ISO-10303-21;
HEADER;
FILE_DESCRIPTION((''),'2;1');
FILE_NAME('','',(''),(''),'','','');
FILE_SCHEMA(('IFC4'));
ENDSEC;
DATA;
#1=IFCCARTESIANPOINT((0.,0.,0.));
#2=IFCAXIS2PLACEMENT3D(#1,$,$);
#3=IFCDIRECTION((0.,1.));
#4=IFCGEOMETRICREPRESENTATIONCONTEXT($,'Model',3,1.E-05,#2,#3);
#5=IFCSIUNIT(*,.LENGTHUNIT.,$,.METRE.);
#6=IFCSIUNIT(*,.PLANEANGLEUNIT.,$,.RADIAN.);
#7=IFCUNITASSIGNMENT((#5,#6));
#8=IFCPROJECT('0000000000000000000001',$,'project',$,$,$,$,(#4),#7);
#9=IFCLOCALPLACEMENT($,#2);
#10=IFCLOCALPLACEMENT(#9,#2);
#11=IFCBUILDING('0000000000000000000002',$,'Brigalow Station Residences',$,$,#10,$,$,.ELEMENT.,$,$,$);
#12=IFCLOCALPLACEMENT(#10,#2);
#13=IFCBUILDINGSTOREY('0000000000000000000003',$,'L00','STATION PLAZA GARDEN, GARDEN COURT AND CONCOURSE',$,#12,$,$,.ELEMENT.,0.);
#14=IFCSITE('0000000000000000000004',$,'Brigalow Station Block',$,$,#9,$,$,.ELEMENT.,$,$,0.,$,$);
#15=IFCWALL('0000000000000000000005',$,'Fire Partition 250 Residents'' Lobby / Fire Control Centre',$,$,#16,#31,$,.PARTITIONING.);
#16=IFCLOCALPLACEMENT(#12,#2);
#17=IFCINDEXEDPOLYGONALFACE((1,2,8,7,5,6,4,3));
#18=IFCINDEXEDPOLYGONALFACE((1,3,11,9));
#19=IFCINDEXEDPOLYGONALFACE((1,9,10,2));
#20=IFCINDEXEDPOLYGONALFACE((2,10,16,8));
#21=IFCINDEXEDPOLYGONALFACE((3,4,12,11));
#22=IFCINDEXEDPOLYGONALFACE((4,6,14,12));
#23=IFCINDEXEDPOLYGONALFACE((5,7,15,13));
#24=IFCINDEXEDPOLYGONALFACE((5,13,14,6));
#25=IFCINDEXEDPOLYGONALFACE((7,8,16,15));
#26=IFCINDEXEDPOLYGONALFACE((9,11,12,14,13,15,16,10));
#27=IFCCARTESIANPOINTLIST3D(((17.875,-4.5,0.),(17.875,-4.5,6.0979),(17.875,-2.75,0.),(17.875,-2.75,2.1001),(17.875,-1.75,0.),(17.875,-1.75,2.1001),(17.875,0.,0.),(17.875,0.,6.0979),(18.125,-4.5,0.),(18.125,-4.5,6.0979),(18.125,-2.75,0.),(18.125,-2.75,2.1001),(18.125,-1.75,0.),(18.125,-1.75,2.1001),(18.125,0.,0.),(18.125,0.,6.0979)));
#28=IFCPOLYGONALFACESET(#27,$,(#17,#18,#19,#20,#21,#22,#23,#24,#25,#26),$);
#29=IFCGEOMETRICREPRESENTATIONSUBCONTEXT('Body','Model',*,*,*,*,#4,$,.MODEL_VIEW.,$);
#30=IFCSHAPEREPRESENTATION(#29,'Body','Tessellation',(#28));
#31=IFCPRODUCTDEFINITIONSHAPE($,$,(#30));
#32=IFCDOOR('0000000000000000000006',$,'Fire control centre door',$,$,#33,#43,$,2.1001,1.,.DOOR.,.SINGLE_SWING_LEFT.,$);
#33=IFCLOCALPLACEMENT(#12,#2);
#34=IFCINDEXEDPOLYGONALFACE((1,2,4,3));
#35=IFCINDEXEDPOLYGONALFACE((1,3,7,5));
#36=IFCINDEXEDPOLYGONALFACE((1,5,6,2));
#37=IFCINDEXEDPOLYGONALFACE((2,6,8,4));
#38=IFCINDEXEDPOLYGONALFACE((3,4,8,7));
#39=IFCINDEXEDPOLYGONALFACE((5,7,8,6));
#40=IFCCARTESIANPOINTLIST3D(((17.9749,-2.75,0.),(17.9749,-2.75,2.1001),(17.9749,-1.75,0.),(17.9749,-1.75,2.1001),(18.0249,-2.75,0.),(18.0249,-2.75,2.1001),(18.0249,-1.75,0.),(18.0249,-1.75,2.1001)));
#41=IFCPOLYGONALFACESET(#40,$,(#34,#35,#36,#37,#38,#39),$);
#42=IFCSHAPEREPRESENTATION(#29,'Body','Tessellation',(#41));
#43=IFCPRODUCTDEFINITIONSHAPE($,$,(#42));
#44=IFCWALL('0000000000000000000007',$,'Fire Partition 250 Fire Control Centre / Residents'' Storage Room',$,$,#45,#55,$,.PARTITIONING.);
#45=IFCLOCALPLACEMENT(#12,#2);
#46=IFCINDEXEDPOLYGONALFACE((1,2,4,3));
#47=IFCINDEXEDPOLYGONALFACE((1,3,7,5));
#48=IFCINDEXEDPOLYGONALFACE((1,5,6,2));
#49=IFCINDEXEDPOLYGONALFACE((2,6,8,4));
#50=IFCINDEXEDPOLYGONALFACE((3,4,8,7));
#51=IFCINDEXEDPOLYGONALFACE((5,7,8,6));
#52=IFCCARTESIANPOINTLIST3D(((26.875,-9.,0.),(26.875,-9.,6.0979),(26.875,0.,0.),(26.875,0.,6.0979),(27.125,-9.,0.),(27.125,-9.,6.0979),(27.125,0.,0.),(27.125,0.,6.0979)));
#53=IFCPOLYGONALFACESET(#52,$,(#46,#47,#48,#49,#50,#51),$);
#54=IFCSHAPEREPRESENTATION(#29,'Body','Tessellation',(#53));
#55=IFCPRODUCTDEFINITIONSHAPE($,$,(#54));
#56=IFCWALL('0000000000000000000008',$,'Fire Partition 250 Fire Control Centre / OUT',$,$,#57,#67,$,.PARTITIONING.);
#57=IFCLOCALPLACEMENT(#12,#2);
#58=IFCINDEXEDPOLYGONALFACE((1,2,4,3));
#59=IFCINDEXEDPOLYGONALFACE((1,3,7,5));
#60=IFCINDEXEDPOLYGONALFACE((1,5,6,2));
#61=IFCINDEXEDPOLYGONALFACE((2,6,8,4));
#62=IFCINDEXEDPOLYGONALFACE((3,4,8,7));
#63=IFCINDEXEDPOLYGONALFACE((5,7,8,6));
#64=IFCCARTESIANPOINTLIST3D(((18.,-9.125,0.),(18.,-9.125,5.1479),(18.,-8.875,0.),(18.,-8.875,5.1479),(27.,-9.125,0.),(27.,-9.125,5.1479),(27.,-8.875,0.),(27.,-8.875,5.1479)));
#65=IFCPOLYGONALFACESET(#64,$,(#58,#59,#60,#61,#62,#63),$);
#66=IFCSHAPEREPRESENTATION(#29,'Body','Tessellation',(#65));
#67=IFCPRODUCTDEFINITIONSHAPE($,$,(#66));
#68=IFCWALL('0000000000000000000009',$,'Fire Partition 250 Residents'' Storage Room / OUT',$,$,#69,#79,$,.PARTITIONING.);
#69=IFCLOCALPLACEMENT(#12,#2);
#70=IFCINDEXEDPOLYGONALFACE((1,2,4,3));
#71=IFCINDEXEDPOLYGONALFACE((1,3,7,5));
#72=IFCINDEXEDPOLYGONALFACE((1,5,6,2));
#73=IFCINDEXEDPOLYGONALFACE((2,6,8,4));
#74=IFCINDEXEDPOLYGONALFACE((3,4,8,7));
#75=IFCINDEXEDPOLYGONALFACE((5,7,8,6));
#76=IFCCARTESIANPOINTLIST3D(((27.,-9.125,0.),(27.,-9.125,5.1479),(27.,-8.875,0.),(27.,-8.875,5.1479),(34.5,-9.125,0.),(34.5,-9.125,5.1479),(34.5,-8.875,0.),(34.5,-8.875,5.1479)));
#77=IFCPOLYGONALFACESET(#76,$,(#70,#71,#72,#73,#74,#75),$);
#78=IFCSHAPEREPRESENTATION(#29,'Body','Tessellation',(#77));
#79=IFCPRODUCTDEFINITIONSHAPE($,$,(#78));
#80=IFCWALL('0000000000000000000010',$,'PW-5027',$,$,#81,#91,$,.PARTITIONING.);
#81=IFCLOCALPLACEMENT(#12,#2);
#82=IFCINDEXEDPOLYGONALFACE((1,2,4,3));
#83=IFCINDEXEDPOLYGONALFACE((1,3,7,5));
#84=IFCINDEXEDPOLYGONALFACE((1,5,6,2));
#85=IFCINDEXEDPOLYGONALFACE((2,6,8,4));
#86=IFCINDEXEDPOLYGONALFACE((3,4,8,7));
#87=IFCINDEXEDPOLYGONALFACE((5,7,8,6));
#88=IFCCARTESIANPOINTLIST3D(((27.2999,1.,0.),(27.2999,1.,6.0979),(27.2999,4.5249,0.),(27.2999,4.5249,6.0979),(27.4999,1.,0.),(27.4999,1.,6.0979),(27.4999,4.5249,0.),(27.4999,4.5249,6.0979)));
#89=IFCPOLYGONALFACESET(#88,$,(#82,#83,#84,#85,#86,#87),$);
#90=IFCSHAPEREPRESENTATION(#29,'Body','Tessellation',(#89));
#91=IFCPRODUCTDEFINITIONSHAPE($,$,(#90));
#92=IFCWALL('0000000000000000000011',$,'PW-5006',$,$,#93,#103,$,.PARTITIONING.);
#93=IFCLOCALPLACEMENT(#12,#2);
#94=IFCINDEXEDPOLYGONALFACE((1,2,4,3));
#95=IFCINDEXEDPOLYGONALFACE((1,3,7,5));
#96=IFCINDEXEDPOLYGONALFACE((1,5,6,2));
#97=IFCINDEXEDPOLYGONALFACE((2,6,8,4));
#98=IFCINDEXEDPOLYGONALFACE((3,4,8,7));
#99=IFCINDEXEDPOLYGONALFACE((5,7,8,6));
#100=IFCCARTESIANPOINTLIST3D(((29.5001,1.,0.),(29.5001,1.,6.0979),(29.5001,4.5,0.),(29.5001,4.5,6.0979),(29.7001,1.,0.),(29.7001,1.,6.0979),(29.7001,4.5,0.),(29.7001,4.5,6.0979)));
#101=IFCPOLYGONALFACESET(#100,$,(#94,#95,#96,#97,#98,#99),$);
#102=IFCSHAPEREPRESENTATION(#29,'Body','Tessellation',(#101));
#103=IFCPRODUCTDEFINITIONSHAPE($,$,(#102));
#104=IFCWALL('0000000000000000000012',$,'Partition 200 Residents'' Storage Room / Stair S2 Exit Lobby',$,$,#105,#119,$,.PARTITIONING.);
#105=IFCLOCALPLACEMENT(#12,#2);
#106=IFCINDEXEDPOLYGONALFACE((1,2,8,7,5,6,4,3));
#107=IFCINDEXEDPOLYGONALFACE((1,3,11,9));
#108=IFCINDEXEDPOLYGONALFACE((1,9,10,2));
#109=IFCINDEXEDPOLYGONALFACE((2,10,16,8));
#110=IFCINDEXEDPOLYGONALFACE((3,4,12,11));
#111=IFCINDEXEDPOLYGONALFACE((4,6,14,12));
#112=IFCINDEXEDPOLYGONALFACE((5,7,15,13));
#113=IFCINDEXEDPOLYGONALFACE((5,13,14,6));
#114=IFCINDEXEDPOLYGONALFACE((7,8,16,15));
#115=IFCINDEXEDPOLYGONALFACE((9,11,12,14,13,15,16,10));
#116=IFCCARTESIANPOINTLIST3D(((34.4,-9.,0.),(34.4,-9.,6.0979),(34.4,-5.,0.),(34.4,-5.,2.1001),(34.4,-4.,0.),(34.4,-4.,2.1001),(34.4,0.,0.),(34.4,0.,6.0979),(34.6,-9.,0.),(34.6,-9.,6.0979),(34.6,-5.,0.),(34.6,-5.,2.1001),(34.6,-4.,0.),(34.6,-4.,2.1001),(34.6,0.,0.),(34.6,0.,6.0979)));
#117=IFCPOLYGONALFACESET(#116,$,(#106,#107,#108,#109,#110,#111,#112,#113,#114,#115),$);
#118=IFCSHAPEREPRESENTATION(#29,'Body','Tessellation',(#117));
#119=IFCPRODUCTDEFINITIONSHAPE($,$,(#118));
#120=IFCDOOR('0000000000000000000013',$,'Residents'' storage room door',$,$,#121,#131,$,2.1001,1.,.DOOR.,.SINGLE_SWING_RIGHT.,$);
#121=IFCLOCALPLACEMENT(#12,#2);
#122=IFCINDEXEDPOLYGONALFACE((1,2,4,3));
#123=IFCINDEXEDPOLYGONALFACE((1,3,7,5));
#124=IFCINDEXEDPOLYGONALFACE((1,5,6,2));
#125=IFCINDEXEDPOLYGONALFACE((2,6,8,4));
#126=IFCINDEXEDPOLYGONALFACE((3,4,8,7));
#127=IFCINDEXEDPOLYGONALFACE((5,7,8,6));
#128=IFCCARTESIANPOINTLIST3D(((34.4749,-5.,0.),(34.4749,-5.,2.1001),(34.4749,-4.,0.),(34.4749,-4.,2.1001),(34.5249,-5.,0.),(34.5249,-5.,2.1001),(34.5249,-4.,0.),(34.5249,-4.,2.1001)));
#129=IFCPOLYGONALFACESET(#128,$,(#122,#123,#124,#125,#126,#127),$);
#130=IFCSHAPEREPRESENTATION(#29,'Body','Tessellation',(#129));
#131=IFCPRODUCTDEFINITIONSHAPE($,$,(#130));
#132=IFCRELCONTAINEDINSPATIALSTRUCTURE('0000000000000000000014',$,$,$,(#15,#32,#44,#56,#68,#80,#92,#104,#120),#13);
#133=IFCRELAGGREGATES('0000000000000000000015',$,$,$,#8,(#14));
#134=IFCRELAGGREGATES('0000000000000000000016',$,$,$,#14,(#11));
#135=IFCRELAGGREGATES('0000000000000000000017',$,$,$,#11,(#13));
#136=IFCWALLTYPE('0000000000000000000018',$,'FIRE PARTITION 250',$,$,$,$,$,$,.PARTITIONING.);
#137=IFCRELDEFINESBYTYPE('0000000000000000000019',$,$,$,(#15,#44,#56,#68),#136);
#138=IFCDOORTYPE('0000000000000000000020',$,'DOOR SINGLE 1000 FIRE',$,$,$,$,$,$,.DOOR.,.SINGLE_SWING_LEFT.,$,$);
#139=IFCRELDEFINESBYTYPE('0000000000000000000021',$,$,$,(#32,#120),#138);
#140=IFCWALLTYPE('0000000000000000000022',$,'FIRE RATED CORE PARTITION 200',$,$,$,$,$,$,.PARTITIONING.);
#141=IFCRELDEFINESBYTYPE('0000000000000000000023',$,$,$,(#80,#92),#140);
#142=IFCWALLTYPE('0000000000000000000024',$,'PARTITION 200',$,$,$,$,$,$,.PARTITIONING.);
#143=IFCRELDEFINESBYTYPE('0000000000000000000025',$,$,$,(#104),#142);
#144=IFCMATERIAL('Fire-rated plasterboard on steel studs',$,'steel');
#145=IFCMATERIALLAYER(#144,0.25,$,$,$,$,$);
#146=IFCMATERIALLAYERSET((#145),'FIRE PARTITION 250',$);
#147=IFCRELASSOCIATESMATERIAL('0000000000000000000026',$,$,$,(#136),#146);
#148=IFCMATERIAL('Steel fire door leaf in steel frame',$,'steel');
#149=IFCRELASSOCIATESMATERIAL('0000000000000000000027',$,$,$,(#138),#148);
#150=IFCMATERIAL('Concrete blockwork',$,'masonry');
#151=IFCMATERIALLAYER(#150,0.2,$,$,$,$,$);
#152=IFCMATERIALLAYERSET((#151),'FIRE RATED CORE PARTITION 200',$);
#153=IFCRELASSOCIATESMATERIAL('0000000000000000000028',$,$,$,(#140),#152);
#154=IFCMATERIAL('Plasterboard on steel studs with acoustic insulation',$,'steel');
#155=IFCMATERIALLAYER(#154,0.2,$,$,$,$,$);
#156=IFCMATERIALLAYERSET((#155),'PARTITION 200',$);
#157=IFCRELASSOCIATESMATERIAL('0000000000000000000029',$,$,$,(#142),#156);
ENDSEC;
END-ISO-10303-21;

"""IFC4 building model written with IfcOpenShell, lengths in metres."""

from ifc_helpers import new_model, si_unit, direction, frame, frame_2d, origin, place, context, subcontext, project, spatial, rectangle, extrude, material, layer, layer_set, type_object, element, fill, save


model = new_model("IFC4")

# Units and contexts
model_context = context("Model", 3, precision=1e-05, world=origin(), true_north=direction((0.0, 1.0)))
body_context = subcontext(model_context, "Body", "Model", "MODEL_VIEW")
ifc_project = project(units=[si_unit("LENGTHUNIT", "METRE"), si_unit("PLANEANGLEUNIT", "RADIAN")], contexts=[model_context])

# Site, building, storey
site_placement = place(None, origin())
site = spatial("IfcSite", under=ifc_project, at=site_placement, Name="Brigalow Station Block", CompositionType="ELEMENT", RefElevation=0.0)
building_placement = place(site_placement, origin())
building = spatial("IfcBuilding", under=site, at=building_placement, Name="Brigalow Station Residences", CompositionType="ELEMENT")
storey_placement = place(building_placement, origin())
storey = spatial("IfcBuildingStorey", under=building, at=storey_placement, Name="L00", Description="STATION PLAZA GARDEN, GARDEN COURT AND CONCOURSE", CompositionType="ELEMENT", Elevation=0.0)

# Shared definitions
ifc_material_1 = material(Name="Fire-rated plasterboard on steel studs", Category="steel")
ifc_layer_1 = layer(ifc_material_1, 0.25)
ifc_layer_set_1 = layer_set([ifc_layer_1], Name="FIRE PARTITION 250")
wall_type_1 = type_object("IfcWallType", Name="FIRE PARTITION 250", PredefinedType="PARTITIONING", material=ifc_layer_set_1)

# Wall, opening, door
wall_1_placement = place(storey_placement, frame((18.0, -4.5, 0.0), z_axis=(0.0, 0.0, 1.0), x_axis=(0.0, 1.0, 0.0)))
wall_1 = element("IfcWall", 1, at=wall_1_placement, inside=storey, type_object=wall_type_1, Name="Fire Partition 250 Residents' Lobby / Fire Control Centre", PredefinedType="PARTITIONING", context=body_context, shape_type="SweptSolid", body=[
    extrude(rectangle(XDim=4.5, YDim=0.25, at=frame_2d((2.25, 0.0))), origin(), (0.0, 0.0, 1.0), 6.0979),
])
opening_1_placement = place(wall_1_placement, frame((1.75, 0.0, 0.0)))
opening_1 = element("IfcOpeningElement", 2, at=opening_1_placement, cuts=wall_1, PredefinedType="OPENING", context=body_context, shape_type="SweptSolid", body=[
    extrude(rectangle(XDim=1.0, YDim=2.1001, at=frame_2d((0.5, 1.05))), frame((0.0, 0.135, 0.0), z_axis=(0.0, -1.0, 0.0), x_axis=(1.0, 0.0, 0.0)), (0.0, 0.0, 1.0), 0.27),
])
ifc_material_2 = material(Name="Steel fire door leaf in steel frame", Category="steel")
door_type_1 = type_object("IfcDoorType", Name="DOOR SINGLE 1000 FIRE", OperationType="SINGLE_SWING_LEFT", PredefinedType="DOOR", material=ifc_material_2)
door_1_placement = place(opening_1_placement, frame((1.0, 0.0, 0.0), z_axis=(0.0, 0.0, 1.0), x_axis=(-1.0, 0.0, 0.0)))
door_1 = element("IfcDoor", 3, at=door_1_placement, inside=storey, type_object=door_type_1, Name="Fire control centre door", OperationType="SINGLE_SWING_LEFT", OverallHeight=2.1001, OverallWidth=1.0, PredefinedType="DOOR", context=body_context, shape_type="SweptSolid", body=[
    extrude(rectangle(XDim=1.0, YDim=2.1001, at=frame_2d((0.5, 1.05))), frame((0.0, 0.0249, 0.0), z_axis=(0.0, -1.0, 0.0), x_axis=(1.0, 0.0, 0.0)), (0.0, 0.0, 1.0), 0.05),
])
fill(opening_1, door_1)

# Walls
wall_2_placement = place(storey_placement, frame((27.0, -9.0, 0.0), z_axis=(0.0, 0.0, 1.0), x_axis=(0.0, 1.0, 0.0)))
element("IfcWall", 4, at=wall_2_placement, inside=storey, type_object=wall_type_1, Name="Fire Partition 250 Fire Control Centre / Residents' Storage Room", PredefinedType="PARTITIONING", context=body_context, shape_type="SweptSolid", body=[
    extrude(rectangle(XDim=9.0, YDim=0.25, at=frame_2d((4.5, 0.0))), origin(), (0.0, 0.0, 1.0), 6.0979),
])
wall_3_placement = place(storey_placement, frame((18.0, -9.0, 0.0), z_axis=(0.0, 0.0, 1.0), x_axis=(1.0, 0.0, 0.0)))
element("IfcWall", 5, at=wall_3_placement, inside=storey, type_object=wall_type_1, Name="Fire Partition 250 Fire Control Centre / OUT", PredefinedType="PARTITIONING", context=body_context, shape_type="SweptSolid", body=[
    extrude(rectangle(XDim=9.0, YDim=0.25, at=frame_2d((4.5, 0.0))), origin(), (0.0, 0.0, 1.0), 5.1479),
])
wall_4_placement = place(storey_placement, frame((27.0, -9.0, 0.0), z_axis=(0.0, 0.0, 1.0), x_axis=(1.0, 0.0, 0.0)))
element("IfcWall", 6, at=wall_4_placement, inside=storey, type_object=wall_type_1, Name="Fire Partition 250 Residents' Storage Room / OUT", PredefinedType="PARTITIONING", context=body_context, shape_type="SweptSolid", body=[
    extrude(rectangle(XDim=7.5, YDim=0.25, at=frame_2d((3.75, 0.0))), origin(), (0.0, 0.0, 1.0), 5.1479),
])
ifc_material_3 = material(Name="Concrete blockwork", Category="masonry")
ifc_layer_2 = layer(ifc_material_3, 0.2)
ifc_layer_set_2 = layer_set([ifc_layer_2], Name="FIRE RATED CORE PARTITION 200")
wall_type_2 = type_object("IfcWallType", Name="FIRE RATED CORE PARTITION 200", PredefinedType="PARTITIONING", material=ifc_layer_set_2)
wall_5_placement = place(storey_placement, frame((27.3999, 1.0, 0.0), z_axis=(0.0, 0.0, 1.0), x_axis=(0.0, 1.0, 0.0)))
element("IfcWall", 7, at=wall_5_placement, inside=storey, type_object=wall_type_2, Name="PW-5027", PredefinedType="PARTITIONING", context=body_context, shape_type="SweptSolid", body=[
    extrude(rectangle(XDim=3.5249, YDim=0.2, at=frame_2d((1.7625, 0.0))), origin(), (0.0, 0.0, 1.0), 6.0979),
])
wall_6_placement = place(storey_placement, frame((29.6001, 1.0, 0.0), z_axis=(0.0, 0.0, 1.0), x_axis=(0.0, 1.0, 0.0)))
element("IfcWall", 8, at=wall_6_placement, inside=storey, type_object=wall_type_2, Name="PW-5006", PredefinedType="PARTITIONING", context=body_context, shape_type="SweptSolid", body=[
    extrude(rectangle(XDim=3.5, YDim=0.2, at=frame_2d((1.75, 0.0))), origin(), (0.0, 0.0, 1.0), 6.0979),
])

# Wall, opening, door
ifc_material_4 = material(Name="Plasterboard on steel studs with acoustic insulation", Category="steel")
ifc_layer_3 = layer(ifc_material_4, 0.2)
ifc_layer_set_3 = layer_set([ifc_layer_3], Name="PARTITION 200")
wall_type_3 = type_object("IfcWallType", Name="PARTITION 200", PredefinedType="PARTITIONING", material=ifc_layer_set_3)
wall_7_placement = place(storey_placement, frame((34.5, -9.0, 0.0), z_axis=(0.0, 0.0, 1.0), x_axis=(0.0, 1.0, 0.0)))
wall_7 = element("IfcWall", 9, at=wall_7_placement, inside=storey, type_object=wall_type_3, Name="Partition 200 Residents' Storage Room / Stair S2 Exit Lobby", PredefinedType="PARTITIONING", context=body_context, shape_type="SweptSolid", body=[
    extrude(rectangle(XDim=9.0, YDim=0.2, at=frame_2d((4.5, 0.0))), origin(), (0.0, 0.0, 1.0), 6.0979),
])
opening_2_placement = place(wall_7_placement, frame((4.0, 0.0, 0.0)))
opening_2 = element("IfcOpeningElement", 10, at=opening_2_placement, cuts=wall_7, PredefinedType="OPENING", context=body_context, shape_type="SweptSolid", body=[
    extrude(rectangle(XDim=1.0, YDim=2.1001, at=frame_2d((0.5, 1.05))), frame((0.0, 0.1099, 0.0), z_axis=(0.0, -1.0, 0.0), x_axis=(1.0, 0.0, 0.0)), (0.0, 0.0, 1.0), 0.22),
])
door_2_placement = place(opening_2_placement, frame((1.0, 0.0, 0.0), z_axis=(0.0, 0.0, 1.0), x_axis=(-1.0, 0.0, 0.0)))
door_2 = element("IfcDoor", 11, at=door_2_placement, inside=storey, type_object=door_type_1, Name="Residents' storage room door", OperationType="SINGLE_SWING_RIGHT", OverallHeight=2.1001, OverallWidth=1.0, PredefinedType="DOOR", context=body_context, shape_type="SweptSolid", body=[
    extrude(rectangle(XDim=1.0, YDim=2.1001, at=frame_2d((0.5, 1.05))), frame((0.0, 0.0249, 0.0), z_axis=(0.0, -1.0, 0.0), x_axis=(1.0, 0.0, 0.0)), (0.0, 0.0, 1.0), 0.05),
])
fill(opening_2, door_2)

save(model, "model.ifc")
